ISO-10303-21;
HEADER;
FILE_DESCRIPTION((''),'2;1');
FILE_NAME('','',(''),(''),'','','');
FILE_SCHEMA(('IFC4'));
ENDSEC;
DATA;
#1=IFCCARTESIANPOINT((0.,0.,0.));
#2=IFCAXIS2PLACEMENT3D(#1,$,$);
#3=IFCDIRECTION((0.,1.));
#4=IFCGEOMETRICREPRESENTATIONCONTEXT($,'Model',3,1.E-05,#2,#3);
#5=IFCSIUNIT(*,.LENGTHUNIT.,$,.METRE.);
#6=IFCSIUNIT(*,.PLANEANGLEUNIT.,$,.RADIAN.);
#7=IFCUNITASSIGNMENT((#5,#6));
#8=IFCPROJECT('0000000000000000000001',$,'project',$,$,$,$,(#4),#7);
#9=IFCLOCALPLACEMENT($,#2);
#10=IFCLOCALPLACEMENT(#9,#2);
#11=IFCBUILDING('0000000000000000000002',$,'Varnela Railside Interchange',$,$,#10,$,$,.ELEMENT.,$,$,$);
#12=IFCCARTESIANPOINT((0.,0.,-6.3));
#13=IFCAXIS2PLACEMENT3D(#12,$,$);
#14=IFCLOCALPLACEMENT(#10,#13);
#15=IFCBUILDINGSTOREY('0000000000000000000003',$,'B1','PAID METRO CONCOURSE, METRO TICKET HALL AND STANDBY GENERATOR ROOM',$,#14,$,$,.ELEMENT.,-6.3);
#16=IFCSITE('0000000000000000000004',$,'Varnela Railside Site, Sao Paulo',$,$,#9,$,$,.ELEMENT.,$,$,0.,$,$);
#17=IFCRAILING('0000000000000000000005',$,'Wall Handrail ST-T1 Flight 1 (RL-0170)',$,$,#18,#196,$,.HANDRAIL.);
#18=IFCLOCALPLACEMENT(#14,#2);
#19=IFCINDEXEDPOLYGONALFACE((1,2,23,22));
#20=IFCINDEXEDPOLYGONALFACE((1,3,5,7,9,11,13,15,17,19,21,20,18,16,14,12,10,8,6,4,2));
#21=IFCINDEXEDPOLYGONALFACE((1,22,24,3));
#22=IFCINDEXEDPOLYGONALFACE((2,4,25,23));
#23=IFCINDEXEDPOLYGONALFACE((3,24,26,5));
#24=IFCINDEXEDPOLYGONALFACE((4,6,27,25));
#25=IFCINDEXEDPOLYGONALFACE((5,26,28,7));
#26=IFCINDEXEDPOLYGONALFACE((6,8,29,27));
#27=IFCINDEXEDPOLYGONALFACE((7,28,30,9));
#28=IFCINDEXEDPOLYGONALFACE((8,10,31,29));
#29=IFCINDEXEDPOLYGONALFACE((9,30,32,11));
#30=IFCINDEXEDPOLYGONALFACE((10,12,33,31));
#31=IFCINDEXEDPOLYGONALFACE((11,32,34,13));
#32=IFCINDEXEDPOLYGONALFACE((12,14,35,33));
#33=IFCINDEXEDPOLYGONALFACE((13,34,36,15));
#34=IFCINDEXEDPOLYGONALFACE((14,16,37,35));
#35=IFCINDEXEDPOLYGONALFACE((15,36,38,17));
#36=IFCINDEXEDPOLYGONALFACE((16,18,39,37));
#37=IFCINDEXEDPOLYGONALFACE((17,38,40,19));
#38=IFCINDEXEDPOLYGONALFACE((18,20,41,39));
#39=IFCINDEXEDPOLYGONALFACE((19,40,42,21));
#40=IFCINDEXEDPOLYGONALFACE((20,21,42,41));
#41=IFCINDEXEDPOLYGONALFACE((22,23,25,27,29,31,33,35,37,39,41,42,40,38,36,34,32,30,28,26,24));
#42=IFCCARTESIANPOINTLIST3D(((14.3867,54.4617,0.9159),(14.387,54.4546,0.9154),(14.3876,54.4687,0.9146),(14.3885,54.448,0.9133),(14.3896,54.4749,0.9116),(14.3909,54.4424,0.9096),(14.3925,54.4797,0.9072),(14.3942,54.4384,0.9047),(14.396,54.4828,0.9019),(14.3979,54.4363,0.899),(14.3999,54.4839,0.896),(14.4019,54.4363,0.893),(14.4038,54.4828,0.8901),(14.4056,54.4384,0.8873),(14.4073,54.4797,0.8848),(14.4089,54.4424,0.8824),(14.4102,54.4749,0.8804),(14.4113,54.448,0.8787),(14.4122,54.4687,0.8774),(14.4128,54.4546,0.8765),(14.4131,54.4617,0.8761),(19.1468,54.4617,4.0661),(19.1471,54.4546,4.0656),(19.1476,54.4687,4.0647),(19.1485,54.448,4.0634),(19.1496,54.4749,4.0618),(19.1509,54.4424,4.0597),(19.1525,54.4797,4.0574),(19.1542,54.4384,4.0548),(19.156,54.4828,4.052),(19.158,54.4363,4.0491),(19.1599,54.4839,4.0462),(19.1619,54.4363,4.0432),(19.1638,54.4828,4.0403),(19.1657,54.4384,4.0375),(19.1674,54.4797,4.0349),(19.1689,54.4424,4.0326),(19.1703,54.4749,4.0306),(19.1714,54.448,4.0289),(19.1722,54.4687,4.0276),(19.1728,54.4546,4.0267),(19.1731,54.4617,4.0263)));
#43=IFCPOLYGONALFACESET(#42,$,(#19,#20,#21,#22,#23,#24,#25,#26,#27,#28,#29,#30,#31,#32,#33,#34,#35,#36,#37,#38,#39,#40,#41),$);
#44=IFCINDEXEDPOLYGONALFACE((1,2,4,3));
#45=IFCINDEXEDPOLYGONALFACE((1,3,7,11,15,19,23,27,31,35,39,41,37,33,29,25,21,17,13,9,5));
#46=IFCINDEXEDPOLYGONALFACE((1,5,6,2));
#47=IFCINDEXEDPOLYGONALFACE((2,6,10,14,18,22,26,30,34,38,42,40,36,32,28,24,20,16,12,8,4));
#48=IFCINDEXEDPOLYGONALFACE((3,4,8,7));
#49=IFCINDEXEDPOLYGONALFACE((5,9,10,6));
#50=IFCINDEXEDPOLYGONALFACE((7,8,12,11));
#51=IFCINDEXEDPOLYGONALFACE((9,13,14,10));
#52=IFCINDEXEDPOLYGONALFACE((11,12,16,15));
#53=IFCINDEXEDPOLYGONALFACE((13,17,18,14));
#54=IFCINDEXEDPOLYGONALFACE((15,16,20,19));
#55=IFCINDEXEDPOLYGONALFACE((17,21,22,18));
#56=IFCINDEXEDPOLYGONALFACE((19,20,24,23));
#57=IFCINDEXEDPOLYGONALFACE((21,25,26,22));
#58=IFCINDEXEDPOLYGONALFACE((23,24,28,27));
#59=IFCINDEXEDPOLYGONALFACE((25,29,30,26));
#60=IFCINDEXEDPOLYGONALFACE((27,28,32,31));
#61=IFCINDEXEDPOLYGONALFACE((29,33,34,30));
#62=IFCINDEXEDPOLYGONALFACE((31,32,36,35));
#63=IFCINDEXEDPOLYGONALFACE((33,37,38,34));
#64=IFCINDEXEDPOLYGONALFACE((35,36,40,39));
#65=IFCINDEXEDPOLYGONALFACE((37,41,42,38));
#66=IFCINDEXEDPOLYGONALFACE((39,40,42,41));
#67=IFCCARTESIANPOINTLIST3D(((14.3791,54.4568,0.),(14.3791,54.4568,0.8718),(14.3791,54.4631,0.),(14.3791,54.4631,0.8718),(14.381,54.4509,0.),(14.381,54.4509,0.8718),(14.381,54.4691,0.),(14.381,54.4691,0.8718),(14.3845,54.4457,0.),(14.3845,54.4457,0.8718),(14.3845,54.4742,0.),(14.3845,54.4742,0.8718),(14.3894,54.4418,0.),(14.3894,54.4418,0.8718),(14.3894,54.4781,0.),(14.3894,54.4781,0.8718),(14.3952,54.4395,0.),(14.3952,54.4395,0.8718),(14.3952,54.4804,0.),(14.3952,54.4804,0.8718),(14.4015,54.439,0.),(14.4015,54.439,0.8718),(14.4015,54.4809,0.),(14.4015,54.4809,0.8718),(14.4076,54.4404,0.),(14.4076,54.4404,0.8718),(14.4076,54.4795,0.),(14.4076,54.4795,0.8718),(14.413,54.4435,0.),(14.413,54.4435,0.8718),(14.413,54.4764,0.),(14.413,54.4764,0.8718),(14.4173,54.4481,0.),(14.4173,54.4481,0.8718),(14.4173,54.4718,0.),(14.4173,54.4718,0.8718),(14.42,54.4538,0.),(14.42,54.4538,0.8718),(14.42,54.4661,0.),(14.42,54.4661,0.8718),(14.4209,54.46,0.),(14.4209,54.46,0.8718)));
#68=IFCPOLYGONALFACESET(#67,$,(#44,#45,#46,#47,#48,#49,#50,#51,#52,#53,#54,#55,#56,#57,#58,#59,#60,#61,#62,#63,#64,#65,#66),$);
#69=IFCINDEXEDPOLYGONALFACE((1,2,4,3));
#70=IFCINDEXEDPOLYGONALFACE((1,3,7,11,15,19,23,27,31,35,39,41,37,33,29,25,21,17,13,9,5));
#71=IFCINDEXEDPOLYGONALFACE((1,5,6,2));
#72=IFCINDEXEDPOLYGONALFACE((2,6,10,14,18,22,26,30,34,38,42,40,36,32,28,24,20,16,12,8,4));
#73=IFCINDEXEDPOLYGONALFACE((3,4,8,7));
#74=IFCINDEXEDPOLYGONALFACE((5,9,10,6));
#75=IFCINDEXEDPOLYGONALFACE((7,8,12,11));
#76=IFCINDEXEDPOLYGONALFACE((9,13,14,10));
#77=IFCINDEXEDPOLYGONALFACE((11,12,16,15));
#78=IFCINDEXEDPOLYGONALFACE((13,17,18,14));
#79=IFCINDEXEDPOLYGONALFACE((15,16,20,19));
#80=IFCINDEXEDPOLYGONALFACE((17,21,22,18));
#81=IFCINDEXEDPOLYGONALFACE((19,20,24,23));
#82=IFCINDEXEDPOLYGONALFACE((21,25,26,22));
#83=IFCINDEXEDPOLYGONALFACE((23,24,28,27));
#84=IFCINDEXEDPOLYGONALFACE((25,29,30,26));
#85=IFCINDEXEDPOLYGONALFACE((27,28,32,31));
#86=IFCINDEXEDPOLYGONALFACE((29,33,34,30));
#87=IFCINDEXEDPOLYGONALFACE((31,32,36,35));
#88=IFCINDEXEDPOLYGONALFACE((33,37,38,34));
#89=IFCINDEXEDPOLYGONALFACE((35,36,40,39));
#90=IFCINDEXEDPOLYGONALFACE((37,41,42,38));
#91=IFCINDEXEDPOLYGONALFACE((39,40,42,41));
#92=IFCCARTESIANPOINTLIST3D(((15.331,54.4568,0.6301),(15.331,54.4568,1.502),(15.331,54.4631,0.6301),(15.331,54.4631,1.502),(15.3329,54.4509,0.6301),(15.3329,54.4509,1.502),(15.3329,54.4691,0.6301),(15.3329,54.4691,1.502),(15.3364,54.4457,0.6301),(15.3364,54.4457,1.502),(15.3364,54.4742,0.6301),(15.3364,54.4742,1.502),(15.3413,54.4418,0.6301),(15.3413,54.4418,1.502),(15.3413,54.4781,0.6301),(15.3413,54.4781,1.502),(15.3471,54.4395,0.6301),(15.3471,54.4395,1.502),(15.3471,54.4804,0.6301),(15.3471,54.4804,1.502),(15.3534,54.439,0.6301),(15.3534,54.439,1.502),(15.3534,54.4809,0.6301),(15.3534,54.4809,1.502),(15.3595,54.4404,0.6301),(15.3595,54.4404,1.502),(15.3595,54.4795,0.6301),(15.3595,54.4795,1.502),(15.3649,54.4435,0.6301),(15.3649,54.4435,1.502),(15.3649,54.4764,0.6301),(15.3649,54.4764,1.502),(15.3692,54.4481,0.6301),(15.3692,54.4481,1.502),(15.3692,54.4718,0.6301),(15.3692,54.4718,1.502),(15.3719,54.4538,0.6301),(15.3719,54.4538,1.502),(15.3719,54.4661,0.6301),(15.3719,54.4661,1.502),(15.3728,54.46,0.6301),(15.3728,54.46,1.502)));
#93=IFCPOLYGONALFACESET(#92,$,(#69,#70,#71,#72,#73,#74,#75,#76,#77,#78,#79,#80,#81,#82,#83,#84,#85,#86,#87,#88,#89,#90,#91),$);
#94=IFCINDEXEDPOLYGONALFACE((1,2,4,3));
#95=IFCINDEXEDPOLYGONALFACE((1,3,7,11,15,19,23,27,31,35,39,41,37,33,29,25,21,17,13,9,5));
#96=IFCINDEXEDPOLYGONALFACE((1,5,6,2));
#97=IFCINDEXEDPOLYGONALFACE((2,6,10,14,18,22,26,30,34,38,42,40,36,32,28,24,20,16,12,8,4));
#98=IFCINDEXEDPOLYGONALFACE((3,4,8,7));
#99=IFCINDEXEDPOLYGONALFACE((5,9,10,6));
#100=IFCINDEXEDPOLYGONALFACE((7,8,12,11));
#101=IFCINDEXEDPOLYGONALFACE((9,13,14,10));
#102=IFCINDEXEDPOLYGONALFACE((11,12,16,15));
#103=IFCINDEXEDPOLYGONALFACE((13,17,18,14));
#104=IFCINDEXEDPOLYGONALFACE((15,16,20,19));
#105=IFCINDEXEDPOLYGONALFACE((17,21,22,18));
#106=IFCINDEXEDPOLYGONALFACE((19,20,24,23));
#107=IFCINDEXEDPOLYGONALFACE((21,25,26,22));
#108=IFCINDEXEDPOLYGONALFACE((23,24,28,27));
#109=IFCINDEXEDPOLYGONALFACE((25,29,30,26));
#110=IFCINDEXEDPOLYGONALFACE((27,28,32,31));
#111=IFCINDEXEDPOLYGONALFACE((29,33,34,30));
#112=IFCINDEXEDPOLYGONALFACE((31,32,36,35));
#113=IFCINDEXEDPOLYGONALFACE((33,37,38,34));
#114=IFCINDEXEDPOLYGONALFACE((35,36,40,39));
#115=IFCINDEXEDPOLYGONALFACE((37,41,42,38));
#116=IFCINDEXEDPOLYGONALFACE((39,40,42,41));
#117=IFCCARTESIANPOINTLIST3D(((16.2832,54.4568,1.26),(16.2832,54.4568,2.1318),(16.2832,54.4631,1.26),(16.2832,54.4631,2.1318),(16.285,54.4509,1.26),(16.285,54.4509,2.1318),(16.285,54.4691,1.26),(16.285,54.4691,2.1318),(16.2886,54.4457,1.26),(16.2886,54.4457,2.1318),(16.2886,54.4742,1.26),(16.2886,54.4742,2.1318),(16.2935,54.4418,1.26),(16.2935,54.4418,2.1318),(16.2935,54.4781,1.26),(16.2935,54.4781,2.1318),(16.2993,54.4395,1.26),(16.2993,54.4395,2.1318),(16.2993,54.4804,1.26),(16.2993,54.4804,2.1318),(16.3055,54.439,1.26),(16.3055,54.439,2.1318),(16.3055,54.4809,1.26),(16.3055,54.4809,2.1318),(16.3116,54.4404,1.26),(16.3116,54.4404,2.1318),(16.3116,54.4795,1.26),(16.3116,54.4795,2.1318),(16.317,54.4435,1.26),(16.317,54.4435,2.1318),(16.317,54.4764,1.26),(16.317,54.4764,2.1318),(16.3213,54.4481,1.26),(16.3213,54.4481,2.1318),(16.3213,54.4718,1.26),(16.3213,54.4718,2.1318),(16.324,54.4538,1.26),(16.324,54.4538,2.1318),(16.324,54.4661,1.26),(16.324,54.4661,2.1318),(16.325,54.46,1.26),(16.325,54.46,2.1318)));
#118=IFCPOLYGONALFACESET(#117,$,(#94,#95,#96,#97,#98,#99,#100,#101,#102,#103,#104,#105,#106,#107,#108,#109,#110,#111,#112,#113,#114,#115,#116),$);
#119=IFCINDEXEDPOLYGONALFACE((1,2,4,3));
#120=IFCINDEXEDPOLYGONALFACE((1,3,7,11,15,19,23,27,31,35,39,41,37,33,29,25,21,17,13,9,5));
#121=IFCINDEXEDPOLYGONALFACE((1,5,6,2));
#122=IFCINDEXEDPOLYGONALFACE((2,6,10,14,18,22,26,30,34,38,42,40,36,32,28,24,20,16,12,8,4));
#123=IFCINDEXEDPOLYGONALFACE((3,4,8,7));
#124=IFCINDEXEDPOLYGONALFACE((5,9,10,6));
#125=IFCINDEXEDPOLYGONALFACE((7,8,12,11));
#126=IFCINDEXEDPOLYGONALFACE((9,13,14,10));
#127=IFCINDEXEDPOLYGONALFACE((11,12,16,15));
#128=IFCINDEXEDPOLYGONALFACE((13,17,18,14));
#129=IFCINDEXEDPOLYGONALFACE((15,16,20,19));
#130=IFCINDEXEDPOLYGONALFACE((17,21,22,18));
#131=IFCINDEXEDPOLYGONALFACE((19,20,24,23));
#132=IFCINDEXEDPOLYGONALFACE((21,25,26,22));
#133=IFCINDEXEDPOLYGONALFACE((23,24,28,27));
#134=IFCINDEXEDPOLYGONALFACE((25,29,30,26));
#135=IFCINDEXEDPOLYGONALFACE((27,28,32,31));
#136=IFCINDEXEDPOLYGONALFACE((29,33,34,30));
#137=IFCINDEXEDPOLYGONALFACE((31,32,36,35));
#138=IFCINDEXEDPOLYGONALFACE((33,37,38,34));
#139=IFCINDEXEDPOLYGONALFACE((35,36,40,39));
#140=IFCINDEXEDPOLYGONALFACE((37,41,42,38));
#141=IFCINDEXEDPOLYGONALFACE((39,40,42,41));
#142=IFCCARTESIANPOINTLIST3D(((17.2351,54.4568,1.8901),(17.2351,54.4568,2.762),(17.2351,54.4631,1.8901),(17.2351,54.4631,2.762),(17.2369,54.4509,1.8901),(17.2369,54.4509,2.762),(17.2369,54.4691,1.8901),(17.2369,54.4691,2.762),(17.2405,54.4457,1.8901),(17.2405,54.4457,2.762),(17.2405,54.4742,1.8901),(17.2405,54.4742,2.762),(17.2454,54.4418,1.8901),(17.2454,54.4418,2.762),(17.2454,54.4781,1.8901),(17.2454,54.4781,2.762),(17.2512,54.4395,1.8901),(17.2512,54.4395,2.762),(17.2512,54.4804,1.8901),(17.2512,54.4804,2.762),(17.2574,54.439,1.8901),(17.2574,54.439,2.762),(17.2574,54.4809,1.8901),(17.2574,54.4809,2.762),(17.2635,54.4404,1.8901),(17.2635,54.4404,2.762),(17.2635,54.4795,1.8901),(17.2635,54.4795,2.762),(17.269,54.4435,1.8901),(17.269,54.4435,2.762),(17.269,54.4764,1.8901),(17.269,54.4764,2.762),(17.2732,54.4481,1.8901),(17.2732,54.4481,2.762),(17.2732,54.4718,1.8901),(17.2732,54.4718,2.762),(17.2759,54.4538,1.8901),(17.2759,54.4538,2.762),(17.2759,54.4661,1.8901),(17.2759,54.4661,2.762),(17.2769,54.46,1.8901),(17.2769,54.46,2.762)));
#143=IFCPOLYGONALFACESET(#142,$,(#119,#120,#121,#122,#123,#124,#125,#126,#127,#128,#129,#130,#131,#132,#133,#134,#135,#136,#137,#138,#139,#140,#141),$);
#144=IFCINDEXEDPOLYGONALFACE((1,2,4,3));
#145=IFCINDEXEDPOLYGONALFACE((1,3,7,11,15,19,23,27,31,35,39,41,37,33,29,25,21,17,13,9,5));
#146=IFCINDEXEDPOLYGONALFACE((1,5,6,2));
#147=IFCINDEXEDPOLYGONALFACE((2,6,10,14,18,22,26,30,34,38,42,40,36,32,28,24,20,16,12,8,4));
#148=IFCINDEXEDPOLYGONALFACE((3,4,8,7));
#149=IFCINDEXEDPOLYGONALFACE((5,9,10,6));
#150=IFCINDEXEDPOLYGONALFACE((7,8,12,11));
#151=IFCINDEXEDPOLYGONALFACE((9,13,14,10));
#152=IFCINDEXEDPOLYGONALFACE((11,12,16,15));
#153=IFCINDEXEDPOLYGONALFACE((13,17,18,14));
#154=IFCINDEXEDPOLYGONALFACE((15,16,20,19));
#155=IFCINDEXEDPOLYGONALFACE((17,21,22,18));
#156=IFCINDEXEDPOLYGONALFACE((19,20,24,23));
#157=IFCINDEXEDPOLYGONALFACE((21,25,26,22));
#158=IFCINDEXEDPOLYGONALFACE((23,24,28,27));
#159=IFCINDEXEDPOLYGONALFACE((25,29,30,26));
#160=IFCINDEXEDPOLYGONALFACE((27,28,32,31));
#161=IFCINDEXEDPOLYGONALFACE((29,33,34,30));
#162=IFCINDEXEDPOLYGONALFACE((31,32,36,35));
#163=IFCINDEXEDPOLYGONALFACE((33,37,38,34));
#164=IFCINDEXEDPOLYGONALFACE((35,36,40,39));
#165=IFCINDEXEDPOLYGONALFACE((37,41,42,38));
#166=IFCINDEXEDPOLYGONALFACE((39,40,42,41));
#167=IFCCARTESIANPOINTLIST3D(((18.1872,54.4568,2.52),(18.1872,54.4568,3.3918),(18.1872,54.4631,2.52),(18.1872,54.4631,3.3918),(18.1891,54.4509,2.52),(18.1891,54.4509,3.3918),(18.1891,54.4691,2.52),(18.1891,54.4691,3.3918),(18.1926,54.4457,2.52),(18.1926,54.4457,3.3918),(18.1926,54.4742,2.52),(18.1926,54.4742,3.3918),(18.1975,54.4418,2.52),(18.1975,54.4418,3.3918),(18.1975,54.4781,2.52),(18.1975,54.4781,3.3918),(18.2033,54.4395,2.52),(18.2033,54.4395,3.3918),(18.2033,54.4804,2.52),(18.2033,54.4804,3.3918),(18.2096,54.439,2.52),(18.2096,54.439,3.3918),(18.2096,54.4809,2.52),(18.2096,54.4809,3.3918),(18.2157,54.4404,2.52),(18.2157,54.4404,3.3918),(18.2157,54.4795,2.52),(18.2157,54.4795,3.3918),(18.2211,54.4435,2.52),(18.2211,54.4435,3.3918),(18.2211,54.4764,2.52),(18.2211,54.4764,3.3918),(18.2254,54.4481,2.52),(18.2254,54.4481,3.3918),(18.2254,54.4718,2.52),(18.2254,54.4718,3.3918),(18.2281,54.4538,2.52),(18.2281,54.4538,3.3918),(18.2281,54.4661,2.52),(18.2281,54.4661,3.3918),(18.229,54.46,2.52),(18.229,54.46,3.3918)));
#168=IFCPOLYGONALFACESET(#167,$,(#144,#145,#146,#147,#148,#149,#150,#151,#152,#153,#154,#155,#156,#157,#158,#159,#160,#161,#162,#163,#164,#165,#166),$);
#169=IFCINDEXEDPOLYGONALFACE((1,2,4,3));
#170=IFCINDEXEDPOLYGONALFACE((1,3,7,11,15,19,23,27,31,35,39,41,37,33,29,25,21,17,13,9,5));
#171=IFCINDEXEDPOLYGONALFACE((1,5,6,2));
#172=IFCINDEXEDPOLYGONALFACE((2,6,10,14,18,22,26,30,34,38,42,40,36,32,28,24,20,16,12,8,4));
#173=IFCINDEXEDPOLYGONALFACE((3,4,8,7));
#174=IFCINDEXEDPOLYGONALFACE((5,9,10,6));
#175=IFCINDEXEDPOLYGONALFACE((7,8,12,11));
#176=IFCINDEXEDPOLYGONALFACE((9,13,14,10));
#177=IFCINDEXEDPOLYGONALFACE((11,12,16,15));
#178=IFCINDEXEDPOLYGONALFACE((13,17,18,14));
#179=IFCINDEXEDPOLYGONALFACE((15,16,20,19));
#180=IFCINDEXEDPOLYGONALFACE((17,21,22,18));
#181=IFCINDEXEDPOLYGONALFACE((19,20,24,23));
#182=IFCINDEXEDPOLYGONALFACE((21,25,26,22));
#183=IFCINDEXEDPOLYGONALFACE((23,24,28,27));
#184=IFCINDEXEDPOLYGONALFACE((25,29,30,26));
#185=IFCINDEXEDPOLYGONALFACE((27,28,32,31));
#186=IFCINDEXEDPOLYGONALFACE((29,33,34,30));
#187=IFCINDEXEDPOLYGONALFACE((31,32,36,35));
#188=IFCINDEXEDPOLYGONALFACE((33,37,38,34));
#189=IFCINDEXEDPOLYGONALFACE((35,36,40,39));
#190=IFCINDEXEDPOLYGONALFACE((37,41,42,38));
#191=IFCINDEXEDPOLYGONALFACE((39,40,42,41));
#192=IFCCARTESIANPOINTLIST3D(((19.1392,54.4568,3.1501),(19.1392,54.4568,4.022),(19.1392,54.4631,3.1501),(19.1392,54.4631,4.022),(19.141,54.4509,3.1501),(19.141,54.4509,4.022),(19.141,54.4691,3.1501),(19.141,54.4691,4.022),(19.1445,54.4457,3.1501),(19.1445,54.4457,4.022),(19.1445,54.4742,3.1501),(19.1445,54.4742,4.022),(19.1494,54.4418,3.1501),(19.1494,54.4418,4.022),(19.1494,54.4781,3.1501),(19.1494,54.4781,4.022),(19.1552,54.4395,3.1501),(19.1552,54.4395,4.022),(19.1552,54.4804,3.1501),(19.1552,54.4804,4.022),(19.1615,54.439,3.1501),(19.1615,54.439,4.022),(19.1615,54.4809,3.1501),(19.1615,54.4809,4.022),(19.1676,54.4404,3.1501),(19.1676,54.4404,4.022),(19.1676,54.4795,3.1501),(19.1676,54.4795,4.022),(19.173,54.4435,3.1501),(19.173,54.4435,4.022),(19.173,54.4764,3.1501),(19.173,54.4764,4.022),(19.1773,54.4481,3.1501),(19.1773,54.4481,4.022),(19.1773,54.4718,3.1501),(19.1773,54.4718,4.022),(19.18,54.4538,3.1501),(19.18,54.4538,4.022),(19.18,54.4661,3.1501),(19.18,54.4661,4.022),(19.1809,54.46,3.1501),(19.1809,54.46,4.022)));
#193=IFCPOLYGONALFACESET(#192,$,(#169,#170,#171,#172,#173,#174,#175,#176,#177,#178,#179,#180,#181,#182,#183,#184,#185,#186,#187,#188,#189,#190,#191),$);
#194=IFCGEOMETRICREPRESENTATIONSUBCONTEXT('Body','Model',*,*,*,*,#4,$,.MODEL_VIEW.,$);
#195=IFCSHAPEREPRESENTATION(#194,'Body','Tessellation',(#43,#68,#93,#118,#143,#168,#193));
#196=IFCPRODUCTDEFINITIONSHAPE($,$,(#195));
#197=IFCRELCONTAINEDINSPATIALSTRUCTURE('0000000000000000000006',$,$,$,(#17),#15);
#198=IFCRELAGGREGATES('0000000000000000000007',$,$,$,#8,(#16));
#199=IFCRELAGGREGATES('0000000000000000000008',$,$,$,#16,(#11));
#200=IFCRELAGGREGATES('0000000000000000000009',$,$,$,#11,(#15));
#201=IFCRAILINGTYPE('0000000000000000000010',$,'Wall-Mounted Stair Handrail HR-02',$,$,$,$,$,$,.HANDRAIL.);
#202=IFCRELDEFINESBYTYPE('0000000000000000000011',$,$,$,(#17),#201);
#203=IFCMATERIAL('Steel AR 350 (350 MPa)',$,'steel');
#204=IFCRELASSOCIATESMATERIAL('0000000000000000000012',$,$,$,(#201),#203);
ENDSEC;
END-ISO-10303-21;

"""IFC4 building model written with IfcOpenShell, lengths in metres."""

from ifc_helpers import new_model, si_unit, direction, frame, origin, origin_2d, place, context, subcontext, project, spatial, circle, extrude, material, type_object, element, save


model = new_model("IFC4")

# Units and contexts
model_context = context("Model", 3, precision=1e-05, world=origin(), true_north=direction((0.0, 1.0)))
body_context = subcontext(model_context, "Body", "Model", "MODEL_VIEW")
ifc_project = project(units=[si_unit("LENGTHUNIT", "METRE"), si_unit("PLANEANGLEUNIT", "RADIAN")], contexts=[model_context])

# Site, building, storey
site_placement = place(None, origin())
site = spatial("IfcSite", under=ifc_project, at=site_placement, Name="Varnela Railside Site, Sao Paulo", CompositionType="ELEMENT", RefElevation=0.0)
building_placement = place(site_placement, origin())
building = spatial("IfcBuilding", under=site, at=building_placement, Name="Varnela Railside Interchange", CompositionType="ELEMENT")
storey_placement = place(building_placement, frame((0.0, 0.0, -6.3)))
storey = spatial("IfcBuildingStorey", under=building, at=storey_placement, Name="B1", Description="PAID METRO CONCOURSE, METRO TICKET HALL AND STANDBY GENERATOR ROOM", CompositionType="ELEMENT", Elevation=-6.3)

# Railing
ifc_material_1 = material(Name="Steel AR 350 (350 MPa)", Category="steel")
railing_type = type_object("IfcRailingType", Name="Wall-Mounted Stair Handrail HR-02", PredefinedType="HANDRAIL", material=ifc_material_1)
railing_placement = place(storey_placement, frame((14.3999, 54.46, 0.0)))
element("IfcRailing", 1, at=railing_placement, inside=storey, type_object=railing_type, Name="Wall Handrail ST-T1 Flight 1 (RL-0170)", PredefinedType="HANDRAIL", context=body_context, shape_type="SweptSolid", body=[
    extrude(circle(Radius=0.0239, at=origin_2d()), frame((0.0, 0.0, 0.896), z_axis=(0.833921, 0.0, 0.551884), x_axis=(0.0, 1.0, 0.0)), (0.0, 0.0, 1.0), 5.708),
    extrude(circle(Radius=0.021, at=origin_2d()), origin(), (0.0, 0.0, 1.0), 0.8718),
    extrude(circle(Radius=0.021, at=origin_2d()), frame((0.9519, 0.0, 0.6301)), (0.0, 0.0, 1.0), 0.8718),
    extrude(circle(Radius=0.021, at=origin_2d()), frame((1.9041, 0.0, 1.26)), (0.0, 0.0, 1.0), 0.8718),
    extrude(circle(Radius=0.021, at=origin_2d()), frame((2.856, 0.0, 1.8901)), (0.0, 0.0, 1.0), 0.8718),
    extrude(circle(Radius=0.021, at=origin_2d()), frame((3.8081, 0.0, 2.52)), (0.0, 0.0, 1.0), 0.8718),
    extrude(circle(Radius=0.021, at=origin_2d()), frame((4.76, 0.0, 3.1501)), (0.0, 0.0, 1.0), 0.8718),
])

save(model, "model.ifc")
